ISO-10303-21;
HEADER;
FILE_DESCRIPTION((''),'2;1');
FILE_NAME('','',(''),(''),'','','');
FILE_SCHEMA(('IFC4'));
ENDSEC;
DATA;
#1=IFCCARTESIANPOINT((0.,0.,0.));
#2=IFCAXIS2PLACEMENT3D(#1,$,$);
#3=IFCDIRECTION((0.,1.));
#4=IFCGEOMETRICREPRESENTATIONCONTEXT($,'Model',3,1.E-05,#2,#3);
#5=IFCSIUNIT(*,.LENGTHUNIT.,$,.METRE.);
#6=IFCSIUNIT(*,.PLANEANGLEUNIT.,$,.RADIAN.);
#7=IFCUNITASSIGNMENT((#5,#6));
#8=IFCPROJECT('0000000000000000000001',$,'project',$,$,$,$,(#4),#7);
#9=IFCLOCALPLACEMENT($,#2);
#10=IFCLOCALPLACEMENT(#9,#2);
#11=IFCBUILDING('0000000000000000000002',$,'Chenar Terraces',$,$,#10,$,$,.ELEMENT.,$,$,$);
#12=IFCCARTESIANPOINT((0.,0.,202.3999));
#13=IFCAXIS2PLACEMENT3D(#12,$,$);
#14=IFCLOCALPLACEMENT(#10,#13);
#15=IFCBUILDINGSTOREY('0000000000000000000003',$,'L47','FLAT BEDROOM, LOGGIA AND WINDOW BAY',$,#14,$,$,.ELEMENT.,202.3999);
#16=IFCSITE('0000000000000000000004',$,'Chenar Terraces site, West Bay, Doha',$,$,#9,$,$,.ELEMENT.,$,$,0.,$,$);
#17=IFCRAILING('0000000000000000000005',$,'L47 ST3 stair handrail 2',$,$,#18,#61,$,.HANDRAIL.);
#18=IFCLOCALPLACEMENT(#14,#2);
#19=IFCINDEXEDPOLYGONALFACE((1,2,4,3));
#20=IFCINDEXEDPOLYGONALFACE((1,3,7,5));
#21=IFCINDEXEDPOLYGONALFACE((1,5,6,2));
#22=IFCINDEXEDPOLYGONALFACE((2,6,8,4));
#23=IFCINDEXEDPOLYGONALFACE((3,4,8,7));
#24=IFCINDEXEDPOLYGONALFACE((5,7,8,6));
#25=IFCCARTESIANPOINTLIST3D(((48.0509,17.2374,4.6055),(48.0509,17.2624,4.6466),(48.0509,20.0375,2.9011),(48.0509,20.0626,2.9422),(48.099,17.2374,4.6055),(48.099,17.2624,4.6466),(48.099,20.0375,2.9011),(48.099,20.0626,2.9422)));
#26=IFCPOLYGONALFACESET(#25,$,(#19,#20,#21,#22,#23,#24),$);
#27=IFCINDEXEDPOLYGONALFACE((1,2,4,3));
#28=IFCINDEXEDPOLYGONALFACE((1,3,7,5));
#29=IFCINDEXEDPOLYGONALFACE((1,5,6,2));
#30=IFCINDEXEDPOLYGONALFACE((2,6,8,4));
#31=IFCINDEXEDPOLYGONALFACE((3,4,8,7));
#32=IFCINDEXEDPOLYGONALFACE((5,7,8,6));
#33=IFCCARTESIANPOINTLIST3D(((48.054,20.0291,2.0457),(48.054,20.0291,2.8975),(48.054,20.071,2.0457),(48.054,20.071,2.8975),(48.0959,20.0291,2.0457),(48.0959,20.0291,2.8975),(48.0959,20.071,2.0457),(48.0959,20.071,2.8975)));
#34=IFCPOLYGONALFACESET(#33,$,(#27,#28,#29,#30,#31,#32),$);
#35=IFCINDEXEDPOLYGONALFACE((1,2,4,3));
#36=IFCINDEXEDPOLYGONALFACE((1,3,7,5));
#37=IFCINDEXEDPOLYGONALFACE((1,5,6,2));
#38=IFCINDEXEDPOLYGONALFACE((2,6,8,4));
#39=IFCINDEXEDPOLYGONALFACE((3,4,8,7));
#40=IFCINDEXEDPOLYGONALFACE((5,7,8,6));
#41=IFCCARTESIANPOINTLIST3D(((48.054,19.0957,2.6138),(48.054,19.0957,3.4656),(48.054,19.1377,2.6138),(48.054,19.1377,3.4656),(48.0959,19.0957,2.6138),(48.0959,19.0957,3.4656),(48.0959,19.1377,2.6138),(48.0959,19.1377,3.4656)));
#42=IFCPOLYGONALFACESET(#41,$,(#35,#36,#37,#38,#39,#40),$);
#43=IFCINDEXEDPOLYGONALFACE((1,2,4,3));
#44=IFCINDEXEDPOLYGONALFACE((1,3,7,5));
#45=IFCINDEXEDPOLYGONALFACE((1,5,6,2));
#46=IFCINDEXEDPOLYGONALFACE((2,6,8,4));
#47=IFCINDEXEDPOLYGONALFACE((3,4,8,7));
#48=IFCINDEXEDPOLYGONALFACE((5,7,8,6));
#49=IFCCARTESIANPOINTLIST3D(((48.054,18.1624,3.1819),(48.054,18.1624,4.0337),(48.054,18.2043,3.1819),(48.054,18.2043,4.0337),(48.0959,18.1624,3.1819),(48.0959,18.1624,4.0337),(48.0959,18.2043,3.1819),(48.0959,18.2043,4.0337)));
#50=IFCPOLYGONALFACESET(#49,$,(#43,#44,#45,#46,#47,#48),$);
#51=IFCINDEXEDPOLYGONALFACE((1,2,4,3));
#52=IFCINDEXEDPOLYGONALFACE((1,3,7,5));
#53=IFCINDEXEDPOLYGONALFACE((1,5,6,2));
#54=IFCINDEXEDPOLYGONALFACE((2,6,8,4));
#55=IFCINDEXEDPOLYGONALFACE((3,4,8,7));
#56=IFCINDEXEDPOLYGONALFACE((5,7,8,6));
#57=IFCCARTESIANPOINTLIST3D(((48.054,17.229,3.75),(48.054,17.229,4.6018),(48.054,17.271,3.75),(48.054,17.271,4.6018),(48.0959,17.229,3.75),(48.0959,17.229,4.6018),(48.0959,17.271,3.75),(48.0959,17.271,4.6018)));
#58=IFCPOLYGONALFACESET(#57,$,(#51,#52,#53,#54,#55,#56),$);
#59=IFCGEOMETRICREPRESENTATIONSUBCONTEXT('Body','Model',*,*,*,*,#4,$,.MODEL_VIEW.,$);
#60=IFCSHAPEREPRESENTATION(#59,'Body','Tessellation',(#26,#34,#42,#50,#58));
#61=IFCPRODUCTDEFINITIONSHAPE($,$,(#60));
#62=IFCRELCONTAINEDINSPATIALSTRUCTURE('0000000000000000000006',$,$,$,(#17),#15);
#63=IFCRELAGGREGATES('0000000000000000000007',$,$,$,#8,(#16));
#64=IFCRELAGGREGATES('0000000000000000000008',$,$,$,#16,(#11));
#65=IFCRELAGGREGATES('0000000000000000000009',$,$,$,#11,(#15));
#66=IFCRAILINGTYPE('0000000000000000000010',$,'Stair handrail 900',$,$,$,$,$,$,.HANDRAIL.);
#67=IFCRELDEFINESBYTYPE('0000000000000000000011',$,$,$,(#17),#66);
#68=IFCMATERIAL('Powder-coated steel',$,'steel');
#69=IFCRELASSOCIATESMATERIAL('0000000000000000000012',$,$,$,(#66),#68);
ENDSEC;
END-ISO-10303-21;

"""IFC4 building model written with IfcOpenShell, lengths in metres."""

from ifc_helpers import new_model, si_unit, direction, frame, origin, origin_2d, place, context, subcontext, project, spatial, rectangle, extrude, material, type_object, element, save


model = new_model("IFC4")

# Units and contexts
model_context = context("Model", 3, precision=1e-05, world=origin(), true_north=direction((0.0, 1.0)))
body_context = subcontext(model_context, "Body", "Model", "MODEL_VIEW")
ifc_project = project(units=[si_unit("LENGTHUNIT", "METRE"), si_unit("PLANEANGLEUNIT", "RADIAN")], contexts=[model_context])

# Site, building, storey
site_placement = place(None, origin())
site = spatial("IfcSite", under=ifc_project, at=site_placement, Name="Chenar Terraces site, West Bay, Doha", CompositionType="ELEMENT", RefElevation=0.0)
building_placement = place(site_placement, origin())
building = spatial("IfcBuilding", under=site, at=building_placement, Name="Chenar Terraces", CompositionType="ELEMENT")
storey_placement = place(building_placement, frame((0.0, 0.0, 202.3999)))
storey = spatial("IfcBuildingStorey", under=building, at=storey_placement, Name="L47", Description="FLAT BEDROOM, LOGGIA AND WINDOW BAY", CompositionType="ELEMENT", Elevation=202.3999)

# Railing
ifc_material_1 = material(Name="Powder-coated steel", Category="steel")
railing_type_1 = type_object("IfcRailingType", Name="Stair handrail 900", PredefinedType="HANDRAIL", material=ifc_material_1)
railing_1_placement = place(storey_placement, frame((48.075, 20.05, 2.0457)))
element("IfcRailing", 1, at=railing_1_placement, inside=storey, type_object=railing_type_1, Name="L47 ST3 stair handrail 2", PredefinedType="HANDRAIL", context=body_context, shape_type="SweptSolid", body=[
    extrude(rectangle(XDim=0.0481, YDim=0.0481, at=origin_2d()), frame((0.0, 0.0, 0.876), z_axis=(0.0, -0.854203, 0.51994), x_axis=(1.0, 0.0, 0.0)), (0.0, 0.0, 1.0), 3.2781),
    extrude(rectangle(XDim=0.042, YDim=0.042, at=origin_2d()), origin(), (0.0, 0.0, 1.0), 0.8518),
    extrude(rectangle(XDim=0.042, YDim=0.042, at=origin_2d()), frame((0.0, -0.9333, 0.5681)), (0.0, 0.0, 1.0), 0.8518),
    extrude(rectangle(XDim=0.042, YDim=0.042, at=origin_2d()), frame((0.0, -1.8667, 1.1362)), (0.0, 0.0, 1.0), 0.8518),
    extrude(rectangle(XDim=0.042, YDim=0.042, at=origin_2d()), frame((0.0, -2.8, 1.7043)), (0.0, 0.0, 1.0), 0.8518),
])

save(model, "model.ifc")
